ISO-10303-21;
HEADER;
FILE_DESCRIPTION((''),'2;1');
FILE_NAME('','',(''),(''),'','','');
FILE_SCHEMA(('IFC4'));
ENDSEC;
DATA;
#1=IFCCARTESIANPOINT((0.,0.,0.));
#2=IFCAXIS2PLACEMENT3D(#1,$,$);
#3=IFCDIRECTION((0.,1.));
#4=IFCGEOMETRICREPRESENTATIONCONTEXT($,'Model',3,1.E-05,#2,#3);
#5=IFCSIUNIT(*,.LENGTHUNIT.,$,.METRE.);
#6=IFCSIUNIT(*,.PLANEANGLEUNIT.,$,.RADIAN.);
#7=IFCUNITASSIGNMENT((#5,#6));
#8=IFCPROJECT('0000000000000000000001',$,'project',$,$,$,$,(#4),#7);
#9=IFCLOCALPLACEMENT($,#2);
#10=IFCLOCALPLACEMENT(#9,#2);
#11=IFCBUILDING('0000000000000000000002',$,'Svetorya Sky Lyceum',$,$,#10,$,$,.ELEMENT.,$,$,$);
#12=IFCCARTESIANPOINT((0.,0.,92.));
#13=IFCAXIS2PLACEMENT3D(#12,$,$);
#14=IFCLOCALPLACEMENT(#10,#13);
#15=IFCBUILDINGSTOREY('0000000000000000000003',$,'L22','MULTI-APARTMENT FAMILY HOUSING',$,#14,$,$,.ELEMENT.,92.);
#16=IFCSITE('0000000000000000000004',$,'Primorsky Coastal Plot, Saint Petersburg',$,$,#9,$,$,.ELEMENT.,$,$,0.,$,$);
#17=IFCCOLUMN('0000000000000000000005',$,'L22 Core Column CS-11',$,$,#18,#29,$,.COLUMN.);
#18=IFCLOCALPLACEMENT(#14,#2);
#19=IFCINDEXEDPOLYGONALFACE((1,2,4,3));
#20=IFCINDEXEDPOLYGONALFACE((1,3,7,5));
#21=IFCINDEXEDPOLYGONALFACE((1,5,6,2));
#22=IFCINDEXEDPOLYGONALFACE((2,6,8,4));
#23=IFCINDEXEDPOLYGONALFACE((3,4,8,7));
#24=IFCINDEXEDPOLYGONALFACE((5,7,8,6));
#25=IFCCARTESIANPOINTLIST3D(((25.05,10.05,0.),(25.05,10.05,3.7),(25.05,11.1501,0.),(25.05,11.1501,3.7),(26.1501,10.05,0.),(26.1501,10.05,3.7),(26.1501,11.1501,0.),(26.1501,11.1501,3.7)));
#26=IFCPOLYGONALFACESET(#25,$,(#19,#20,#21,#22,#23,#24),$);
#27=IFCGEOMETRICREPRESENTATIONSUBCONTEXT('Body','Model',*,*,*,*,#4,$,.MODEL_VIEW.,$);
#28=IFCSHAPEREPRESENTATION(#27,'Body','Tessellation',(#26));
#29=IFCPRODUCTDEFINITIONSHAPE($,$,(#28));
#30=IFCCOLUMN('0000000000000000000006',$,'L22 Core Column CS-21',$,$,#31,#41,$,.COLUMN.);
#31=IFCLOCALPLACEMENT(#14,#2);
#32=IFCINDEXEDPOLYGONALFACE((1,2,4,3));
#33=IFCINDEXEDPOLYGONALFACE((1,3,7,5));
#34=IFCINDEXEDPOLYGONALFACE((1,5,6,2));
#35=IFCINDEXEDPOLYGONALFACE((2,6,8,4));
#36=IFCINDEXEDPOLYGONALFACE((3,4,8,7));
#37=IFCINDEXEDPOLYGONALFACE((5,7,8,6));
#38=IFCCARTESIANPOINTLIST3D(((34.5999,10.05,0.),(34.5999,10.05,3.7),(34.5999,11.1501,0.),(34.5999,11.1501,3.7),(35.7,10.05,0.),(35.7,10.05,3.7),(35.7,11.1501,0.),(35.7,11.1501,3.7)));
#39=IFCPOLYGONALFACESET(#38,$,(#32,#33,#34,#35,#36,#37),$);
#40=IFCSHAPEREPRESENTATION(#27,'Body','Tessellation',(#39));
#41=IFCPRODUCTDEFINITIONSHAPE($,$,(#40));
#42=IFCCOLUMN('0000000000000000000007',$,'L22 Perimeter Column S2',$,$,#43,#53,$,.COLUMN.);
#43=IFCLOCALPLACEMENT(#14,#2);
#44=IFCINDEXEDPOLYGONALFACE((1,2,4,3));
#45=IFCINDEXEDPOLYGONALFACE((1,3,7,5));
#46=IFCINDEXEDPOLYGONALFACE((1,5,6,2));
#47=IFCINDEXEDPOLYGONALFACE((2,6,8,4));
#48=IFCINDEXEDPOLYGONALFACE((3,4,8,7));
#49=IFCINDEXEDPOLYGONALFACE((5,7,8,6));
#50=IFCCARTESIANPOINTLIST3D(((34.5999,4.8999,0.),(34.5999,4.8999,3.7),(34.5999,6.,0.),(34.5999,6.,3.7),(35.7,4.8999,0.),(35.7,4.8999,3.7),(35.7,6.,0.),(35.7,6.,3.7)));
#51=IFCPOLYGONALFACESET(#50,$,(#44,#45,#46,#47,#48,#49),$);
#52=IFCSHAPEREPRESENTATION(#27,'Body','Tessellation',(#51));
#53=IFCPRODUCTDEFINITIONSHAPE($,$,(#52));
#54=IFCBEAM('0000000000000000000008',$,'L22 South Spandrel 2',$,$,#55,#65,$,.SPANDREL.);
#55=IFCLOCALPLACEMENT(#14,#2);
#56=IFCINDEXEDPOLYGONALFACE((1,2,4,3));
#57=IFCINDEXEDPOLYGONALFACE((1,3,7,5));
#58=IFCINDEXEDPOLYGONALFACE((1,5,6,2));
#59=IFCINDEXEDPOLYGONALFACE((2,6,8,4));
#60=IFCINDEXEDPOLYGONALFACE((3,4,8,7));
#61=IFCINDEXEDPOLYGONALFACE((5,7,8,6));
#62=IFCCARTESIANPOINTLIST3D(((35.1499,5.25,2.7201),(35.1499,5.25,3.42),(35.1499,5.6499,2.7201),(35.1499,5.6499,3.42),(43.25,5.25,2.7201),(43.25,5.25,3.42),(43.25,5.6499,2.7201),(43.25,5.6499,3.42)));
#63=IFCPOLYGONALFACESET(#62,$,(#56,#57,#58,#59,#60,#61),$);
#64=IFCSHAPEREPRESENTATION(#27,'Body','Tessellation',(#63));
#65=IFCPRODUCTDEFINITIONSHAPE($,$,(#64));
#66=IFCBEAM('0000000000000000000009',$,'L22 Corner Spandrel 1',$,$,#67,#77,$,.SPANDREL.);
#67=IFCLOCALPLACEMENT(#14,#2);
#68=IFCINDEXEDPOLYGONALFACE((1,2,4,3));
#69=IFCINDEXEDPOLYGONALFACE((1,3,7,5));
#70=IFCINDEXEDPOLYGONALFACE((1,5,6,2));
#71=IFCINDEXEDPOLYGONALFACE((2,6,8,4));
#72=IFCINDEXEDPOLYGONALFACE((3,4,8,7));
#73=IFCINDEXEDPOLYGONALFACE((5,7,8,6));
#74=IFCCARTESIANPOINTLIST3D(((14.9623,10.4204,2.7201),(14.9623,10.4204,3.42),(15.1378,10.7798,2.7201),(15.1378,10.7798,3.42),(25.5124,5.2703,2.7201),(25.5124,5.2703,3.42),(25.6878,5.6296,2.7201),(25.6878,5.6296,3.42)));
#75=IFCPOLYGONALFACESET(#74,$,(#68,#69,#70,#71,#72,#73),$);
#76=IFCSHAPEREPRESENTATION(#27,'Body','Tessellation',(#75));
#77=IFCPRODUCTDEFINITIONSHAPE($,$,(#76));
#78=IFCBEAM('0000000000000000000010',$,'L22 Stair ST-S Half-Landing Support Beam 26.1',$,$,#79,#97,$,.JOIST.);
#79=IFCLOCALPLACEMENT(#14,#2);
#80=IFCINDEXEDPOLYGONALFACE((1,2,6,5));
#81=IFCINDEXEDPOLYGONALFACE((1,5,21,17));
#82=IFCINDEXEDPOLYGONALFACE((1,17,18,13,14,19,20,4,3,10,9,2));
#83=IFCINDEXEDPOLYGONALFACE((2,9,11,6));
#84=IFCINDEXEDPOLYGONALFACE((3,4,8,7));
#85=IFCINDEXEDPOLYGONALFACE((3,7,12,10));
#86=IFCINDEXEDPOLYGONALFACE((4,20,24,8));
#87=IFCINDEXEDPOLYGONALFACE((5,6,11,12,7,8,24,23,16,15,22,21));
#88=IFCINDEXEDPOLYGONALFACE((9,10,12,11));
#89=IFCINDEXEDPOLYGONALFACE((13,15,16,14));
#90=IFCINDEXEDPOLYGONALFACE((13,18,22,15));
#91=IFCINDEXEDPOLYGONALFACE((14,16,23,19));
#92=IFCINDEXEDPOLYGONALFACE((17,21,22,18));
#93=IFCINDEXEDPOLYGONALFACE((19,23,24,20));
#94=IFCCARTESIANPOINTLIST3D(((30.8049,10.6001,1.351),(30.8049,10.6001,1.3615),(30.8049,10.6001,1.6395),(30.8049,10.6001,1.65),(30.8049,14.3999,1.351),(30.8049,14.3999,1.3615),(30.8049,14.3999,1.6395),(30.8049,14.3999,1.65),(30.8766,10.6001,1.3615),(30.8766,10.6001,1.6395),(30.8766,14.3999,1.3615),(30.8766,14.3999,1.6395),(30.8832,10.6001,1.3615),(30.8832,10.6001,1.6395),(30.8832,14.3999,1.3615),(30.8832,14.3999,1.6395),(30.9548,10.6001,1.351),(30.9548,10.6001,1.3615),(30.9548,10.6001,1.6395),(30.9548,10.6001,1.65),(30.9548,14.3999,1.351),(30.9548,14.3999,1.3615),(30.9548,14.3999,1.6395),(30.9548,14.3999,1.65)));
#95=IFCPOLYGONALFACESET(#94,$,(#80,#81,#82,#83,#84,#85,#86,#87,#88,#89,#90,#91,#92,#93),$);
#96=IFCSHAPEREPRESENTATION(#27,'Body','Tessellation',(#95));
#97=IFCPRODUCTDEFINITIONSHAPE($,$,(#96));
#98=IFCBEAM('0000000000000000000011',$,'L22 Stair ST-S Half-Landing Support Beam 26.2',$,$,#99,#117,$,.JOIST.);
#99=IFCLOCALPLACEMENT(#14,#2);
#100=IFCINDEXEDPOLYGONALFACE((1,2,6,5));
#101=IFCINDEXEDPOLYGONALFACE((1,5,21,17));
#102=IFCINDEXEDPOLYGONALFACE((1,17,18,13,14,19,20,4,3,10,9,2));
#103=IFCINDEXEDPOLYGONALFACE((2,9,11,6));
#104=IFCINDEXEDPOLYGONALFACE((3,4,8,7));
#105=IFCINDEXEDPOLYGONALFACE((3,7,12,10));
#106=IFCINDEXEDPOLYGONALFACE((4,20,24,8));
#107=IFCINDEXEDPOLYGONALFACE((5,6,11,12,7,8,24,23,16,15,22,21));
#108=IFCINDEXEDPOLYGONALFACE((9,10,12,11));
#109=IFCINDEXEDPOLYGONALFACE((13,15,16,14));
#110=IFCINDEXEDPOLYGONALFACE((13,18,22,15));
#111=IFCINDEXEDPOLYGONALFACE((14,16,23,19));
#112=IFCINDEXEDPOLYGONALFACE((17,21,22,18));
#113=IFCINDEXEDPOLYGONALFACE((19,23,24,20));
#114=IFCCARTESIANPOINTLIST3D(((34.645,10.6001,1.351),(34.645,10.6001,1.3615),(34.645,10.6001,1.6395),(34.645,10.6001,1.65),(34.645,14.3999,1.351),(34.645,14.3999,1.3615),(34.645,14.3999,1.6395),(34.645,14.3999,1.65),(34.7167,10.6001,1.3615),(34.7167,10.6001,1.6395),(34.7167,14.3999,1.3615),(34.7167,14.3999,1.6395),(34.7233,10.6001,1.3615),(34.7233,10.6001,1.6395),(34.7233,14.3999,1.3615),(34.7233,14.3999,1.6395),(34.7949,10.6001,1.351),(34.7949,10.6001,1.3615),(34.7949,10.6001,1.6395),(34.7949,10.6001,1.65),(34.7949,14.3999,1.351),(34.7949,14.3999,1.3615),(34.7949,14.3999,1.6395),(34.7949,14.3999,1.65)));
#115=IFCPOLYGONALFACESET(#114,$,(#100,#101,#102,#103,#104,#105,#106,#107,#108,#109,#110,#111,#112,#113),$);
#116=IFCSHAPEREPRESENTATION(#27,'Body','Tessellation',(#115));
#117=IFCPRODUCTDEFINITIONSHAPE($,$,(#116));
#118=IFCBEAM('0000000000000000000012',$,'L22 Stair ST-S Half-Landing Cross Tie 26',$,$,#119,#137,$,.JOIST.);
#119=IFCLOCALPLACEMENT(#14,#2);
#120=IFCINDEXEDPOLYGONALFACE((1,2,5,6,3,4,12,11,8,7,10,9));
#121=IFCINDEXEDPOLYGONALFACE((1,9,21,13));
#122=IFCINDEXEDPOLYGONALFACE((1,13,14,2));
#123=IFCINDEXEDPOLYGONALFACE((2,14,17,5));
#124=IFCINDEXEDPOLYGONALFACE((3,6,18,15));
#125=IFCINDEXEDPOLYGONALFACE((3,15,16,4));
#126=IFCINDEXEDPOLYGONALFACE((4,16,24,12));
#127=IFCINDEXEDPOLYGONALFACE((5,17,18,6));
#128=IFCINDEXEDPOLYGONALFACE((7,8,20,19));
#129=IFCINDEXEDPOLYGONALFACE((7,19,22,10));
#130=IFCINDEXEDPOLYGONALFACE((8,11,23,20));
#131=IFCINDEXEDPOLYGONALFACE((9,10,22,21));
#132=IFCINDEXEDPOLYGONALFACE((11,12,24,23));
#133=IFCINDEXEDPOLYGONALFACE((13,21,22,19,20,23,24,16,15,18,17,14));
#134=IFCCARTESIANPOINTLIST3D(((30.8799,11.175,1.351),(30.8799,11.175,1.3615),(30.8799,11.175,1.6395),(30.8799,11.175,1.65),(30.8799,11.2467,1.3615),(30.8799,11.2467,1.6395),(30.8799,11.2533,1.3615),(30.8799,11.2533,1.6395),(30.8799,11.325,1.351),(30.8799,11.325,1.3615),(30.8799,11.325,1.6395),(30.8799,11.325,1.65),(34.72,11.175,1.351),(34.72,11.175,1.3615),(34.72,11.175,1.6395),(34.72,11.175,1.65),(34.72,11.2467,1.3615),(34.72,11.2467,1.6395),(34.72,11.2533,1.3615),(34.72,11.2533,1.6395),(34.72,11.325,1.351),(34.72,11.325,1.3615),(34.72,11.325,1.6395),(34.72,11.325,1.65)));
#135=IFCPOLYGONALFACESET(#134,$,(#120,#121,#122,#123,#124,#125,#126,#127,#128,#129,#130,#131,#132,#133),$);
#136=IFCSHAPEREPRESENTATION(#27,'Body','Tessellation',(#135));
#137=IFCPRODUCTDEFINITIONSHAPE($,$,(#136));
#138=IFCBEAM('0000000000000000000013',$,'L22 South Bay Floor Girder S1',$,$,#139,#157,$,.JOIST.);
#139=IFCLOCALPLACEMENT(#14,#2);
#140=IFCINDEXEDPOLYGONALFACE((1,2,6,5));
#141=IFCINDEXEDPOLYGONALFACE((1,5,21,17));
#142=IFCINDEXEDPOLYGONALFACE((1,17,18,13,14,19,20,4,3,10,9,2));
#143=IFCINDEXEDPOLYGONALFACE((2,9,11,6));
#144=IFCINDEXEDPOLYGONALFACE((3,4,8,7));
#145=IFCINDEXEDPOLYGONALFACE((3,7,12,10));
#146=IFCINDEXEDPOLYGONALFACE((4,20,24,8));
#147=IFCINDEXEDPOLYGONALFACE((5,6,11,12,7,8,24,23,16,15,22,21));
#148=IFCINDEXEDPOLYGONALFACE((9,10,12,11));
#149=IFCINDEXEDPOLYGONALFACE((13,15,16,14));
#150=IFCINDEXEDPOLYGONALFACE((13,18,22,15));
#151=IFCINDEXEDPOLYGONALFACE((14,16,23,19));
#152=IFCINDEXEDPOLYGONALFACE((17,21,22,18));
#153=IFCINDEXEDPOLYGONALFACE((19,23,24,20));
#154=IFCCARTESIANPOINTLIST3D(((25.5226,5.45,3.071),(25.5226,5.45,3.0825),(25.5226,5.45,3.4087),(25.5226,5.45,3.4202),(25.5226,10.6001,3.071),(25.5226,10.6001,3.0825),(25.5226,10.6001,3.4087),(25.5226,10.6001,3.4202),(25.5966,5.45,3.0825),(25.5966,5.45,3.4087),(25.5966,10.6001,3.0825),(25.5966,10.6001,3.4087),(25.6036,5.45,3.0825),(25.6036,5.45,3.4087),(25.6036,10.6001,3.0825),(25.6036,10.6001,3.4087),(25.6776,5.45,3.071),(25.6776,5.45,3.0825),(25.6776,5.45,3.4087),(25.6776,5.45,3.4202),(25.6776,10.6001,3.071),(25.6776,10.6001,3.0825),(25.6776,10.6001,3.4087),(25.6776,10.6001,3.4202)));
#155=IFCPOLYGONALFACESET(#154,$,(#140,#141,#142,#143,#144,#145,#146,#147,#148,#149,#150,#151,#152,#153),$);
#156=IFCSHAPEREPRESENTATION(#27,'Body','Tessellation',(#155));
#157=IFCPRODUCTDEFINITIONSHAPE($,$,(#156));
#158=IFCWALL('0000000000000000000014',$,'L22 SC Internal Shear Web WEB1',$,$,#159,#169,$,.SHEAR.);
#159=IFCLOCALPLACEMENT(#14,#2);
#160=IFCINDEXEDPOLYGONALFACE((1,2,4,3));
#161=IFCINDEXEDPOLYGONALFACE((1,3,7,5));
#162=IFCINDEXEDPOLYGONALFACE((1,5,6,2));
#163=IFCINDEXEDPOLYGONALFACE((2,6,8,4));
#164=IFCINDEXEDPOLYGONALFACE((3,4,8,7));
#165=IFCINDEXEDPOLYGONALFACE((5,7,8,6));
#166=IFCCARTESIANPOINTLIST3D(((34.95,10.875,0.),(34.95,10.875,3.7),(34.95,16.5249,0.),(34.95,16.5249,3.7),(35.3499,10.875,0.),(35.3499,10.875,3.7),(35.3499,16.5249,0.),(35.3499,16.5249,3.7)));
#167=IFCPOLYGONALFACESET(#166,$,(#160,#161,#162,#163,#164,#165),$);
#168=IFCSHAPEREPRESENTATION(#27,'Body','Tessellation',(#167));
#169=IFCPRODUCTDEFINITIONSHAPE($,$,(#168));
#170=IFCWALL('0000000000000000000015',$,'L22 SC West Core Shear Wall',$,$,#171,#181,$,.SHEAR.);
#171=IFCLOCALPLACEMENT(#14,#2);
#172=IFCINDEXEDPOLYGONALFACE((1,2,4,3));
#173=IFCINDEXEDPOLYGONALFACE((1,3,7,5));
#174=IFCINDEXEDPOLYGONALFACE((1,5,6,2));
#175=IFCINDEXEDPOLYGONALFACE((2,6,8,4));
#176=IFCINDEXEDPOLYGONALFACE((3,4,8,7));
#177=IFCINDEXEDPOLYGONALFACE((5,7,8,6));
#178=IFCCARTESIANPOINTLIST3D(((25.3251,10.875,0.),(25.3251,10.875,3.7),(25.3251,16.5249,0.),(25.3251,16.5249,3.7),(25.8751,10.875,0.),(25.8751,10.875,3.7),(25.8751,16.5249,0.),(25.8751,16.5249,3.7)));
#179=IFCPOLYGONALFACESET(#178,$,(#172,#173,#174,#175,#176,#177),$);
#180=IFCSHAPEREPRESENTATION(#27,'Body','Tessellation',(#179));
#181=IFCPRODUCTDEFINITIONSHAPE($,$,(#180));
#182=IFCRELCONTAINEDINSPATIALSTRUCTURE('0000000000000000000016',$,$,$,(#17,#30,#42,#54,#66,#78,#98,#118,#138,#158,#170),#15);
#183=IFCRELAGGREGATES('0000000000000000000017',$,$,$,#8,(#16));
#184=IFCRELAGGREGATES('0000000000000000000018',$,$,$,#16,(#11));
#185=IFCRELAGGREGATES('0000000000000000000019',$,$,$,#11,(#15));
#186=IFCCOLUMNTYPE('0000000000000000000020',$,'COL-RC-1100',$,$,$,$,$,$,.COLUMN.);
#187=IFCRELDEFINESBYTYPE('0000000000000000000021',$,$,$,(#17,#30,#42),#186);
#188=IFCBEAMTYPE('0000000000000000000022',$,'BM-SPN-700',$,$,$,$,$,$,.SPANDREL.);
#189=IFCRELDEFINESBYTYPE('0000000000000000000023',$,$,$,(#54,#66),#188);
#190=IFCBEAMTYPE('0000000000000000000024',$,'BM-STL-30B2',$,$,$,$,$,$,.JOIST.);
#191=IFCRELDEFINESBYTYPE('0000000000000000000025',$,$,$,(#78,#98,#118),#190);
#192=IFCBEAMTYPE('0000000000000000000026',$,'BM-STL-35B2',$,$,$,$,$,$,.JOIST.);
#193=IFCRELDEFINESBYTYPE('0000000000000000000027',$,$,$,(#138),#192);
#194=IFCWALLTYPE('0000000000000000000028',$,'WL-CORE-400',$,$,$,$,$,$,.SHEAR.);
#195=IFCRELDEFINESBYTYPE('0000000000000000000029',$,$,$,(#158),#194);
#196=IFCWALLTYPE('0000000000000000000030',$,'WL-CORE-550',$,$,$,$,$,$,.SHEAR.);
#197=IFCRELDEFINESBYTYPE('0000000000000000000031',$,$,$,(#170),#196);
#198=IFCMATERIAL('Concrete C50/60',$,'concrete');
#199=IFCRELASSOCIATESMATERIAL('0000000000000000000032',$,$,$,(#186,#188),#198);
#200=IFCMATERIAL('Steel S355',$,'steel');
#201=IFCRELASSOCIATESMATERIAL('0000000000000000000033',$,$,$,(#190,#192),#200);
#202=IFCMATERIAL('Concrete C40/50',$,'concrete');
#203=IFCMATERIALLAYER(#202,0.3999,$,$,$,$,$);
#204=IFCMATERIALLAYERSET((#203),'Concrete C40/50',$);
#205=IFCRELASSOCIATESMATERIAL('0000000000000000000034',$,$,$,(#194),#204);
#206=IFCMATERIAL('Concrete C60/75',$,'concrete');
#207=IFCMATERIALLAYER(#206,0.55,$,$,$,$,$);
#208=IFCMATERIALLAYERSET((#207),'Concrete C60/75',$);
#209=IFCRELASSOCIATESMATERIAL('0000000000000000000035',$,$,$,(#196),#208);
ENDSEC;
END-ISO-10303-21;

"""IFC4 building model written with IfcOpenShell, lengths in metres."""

from ifc_helpers import new_model, si_unit, direction, frame, frame_2d, origin, origin_2d, place, context, subcontext, project, spatial, rectangle, i_section, extrude, material, layer, layer_set, material_profile, profile_set, type_object, element, save


model = new_model("IFC4")

# Units and contexts
model_context = context("Model", 3, precision=1e-05, world=origin(), true_north=direction((0.0, 1.0)))
body_context = subcontext(model_context, "Body", "Model", "MODEL_VIEW")
ifc_project = project(units=[si_unit("LENGTHUNIT", "METRE"), si_unit("PLANEANGLEUNIT", "RADIAN")], contexts=[model_context])

# Site, building, storey
site_placement = place(None, origin())
site = spatial("IfcSite", under=ifc_project, at=site_placement, Name="Primorsky Coastal Plot, Saint Petersburg", CompositionType="ELEMENT", RefElevation=0.0)
building_placement = place(site_placement, origin())
building = spatial("IfcBuilding", under=site, at=building_placement, Name="Svetorya Sky Lyceum", CompositionType="ELEMENT")
storey_placement = place(building_placement, frame((0.0, 0.0, 92.0)))
storey = spatial("IfcBuildingStorey", under=building, at=storey_placement, Name="L22", Description="MULTI-APARTMENT FAMILY HOUSING", CompositionType="ELEMENT", Elevation=92.0)

# Columns
ifc_material_1 = material(Name="Concrete C50/60", Category="concrete")
ifc_material_profile_1 = material_profile(ifc_material_1, rectangle(XDim=1.1001, YDim=1.1001, at=origin_2d()), Name="RC COL 1100x1100")
ifc_profile_set_1 = profile_set([ifc_material_profile_1], Name="Concrete C50/60")
column_type = type_object("IfcColumnType", Name="COL-RC-1100", PredefinedType="COLUMN", material=ifc_profile_set_1)
for number, where, z_axis, x_axis, name in (
    (1, (25.6001, 10.6001, 0.0), (0.0, 0.0, 1.0), (1.0, 0.0, 0.0), "L22 Core Column CS-11"),
    (2, (35.1499, 10.6001, 0.0), (0.0, 0.0, 1.0), (1.0, 0.0, 0.0), "L22 Core Column CS-21"),
    (3, (35.1499, 5.45, 0.0), (0.0, 0.0, 1.0), (1.0, 0.0, 0.0), "L22 Perimeter Column S2"),
):
    element("IfcColumn", number, at=place(storey_placement, frame(where, z_axis=z_axis, x_axis=x_axis)), inside=storey, type_object=column_type, Name=name, PredefinedType="COLUMN", context=body_context, shape_type="SweptSolid", body=[
        extrude(rectangle(XDim=1.1001, YDim=1.1001, at=origin_2d()), origin(), (0.0, 0.0, 1.0), 3.7),
    ])

# Beams
ifc_material_profile_2 = material_profile(ifc_material_1, rectangle(XDim=0.3999, YDim=0.7, at=origin_2d()), Name="RC SPANDREL 400x700")
ifc_profile_set_2 = profile_set([ifc_material_profile_2], Name="Concrete C50/60")
beam_type_1 = type_object("IfcBeamType", Name="BM-SPN-700", PredefinedType="SPANDREL", material=ifc_profile_set_2)
beam_1_placement = place(storey_placement, frame((35.1499, 5.45, 3.0701), z_axis=(1.0, 0.0, 0.0), x_axis=(0.0, 1.0, 0.0)))
element("IfcBeam", 4, at=beam_1_placement, inside=storey, type_object=beam_type_1, Name="L22 South Spandrel 2", PredefinedType="SPANDREL", context=body_context, shape_type="SweptSolid", body=[
    extrude(rectangle(XDim=0.3999, YDim=0.7, at=origin_2d()), origin(), (0.0, 0.0, 1.0), 8.1001),
])
beam_2_placement = place(storey_placement, frame((25.6001, 5.45, 3.0701), z_axis=(-0.898641, 0.438684, 0.0), x_axis=(-0.438684, -0.898641, 0.0)))
element("IfcBeam", 5, at=beam_2_placement, inside=storey, type_object=beam_type_1, Name="L22 Corner Spandrel 1", PredefinedType="SPANDREL", context=body_context, shape_type="SweptSolid", body=[
    extrude(rectangle(XDim=0.3999, YDim=0.7, at=origin_2d()), origin(), (0.0, 0.0, 1.0), 11.74),
])
ifc_material_2 = material(Name="Steel S355", Category="steel")
ifc_material_profile_3 = material_profile(ifc_material_2, i_section(OverallWidth=0.1499, OverallDepth=0.2991, WebThickness=0.0066, FlangeThickness=0.0105, at=origin_2d()), Name="GOST 30B2")
ifc_profile_set_3 = profile_set([ifc_material_profile_3], Name="Steel S355")
beam_type_2 = type_object("IfcBeamType", Name="BM-STL-30B2", PredefinedType="JOIST", material=ifc_profile_set_3)
for number, where, z_axis, x_axis, name in (
    (6, (30.8799, 10.6001, 1.5005), (0.0, 1.0, 0.0), (-1.0, 0.0, 0.0), "L22 Stair ST-S Half-Landing Support Beam 26.1"),
    (7, (34.72, 10.6001, 1.5005), (0.0, 1.0, 0.0), (-1.0, 0.0, 0.0), "L22 Stair ST-S Half-Landing Support Beam 26.2"),
):
    element("IfcBeam", number, at=place(storey_placement, frame(where, z_axis=z_axis, x_axis=x_axis)), inside=storey, type_object=beam_type_2, Name=name, PredefinedType="JOIST", context=body_context, shape_type="SweptSolid", body=[
        extrude(i_section(OverallWidth=0.1499, OverallDepth=0.2991, WebThickness=0.0066, FlangeThickness=0.0105, at=origin_2d()), origin(), (0.0, 0.0, 1.0), 3.7998),
    ])
beam_3_placement = place(storey_placement, frame((30.8799, 11.25, 1.5005), z_axis=(1.0, 0.0, 0.0), x_axis=(0.0, 1.0, 0.0)))
element("IfcBeam", 8, at=beam_3_placement, inside=storey, type_object=beam_type_2, Name="L22 Stair ST-S Half-Landing Cross Tie 26", PredefinedType="JOIST", context=body_context, shape_type="SweptSolid", body=[
    extrude(i_section(OverallWidth=0.1499, OverallDepth=0.2991, WebThickness=0.0066, FlangeThickness=0.0105, at=origin_2d()), origin(), (0.0, 0.0, 1.0), 3.8401),
])
ifc_material_profile_4 = material_profile(ifc_material_2, i_section(OverallWidth=0.155, OverallDepth=0.3491, WebThickness=0.0071, FlangeThickness=0.0115, at=origin_2d()), Name="GOST 35B2")
ifc_profile_set_4 = profile_set([ifc_material_profile_4], Name="Steel S355")
beam_type_3 = type_object("IfcBeamType", Name="BM-STL-35B2", PredefinedType="JOIST", material=ifc_profile_set_4)
beam_4_placement = place(storey_placement, frame((25.6001, 5.45, 3.2456), z_axis=(0.0, 1.0, 0.0), x_axis=(-1.0, 0.0, 0.0)))
element("IfcBeam", 9, at=beam_4_placement, inside=storey, type_object=beam_type_3, Name="L22 South Bay Floor Girder S1", PredefinedType="JOIST", context=body_context, shape_type="SweptSolid", body=[
    extrude(i_section(OverallWidth=0.155, OverallDepth=0.3491, WebThickness=0.0071, FlangeThickness=0.0115, at=origin_2d()), origin(), (0.0, 0.0, 1.0), 5.1501),
])

# Walls
ifc_material_3 = material(Name="Concrete C40/50", Category="concrete")
ifc_layer_1 = layer(ifc_material_3, 0.3999)
ifc_layer_set_1 = layer_set([ifc_layer_1], Name="Concrete C40/50")
wall_type_1 = type_object("IfcWallType", Name="WL-CORE-400", PredefinedType="SHEAR", material=ifc_layer_set_1)
wall_1_placement = place(storey_placement, frame((35.1499, 10.875, 0.0), z_axis=(0.0, 0.0, 1.0), x_axis=(0.0, 1.0, 0.0)))
element("IfcWall", 10, at=wall_1_placement, inside=storey, type_object=wall_type_1, Name="L22 SC Internal Shear Web WEB1", PredefinedType="SHEAR", context=body_context, shape_type="SweptSolid", body=[
    extrude(rectangle(XDim=5.6499, YDim=0.3999, at=frame_2d((2.825, 0.0))), origin(), (0.0, 0.0, 1.0), 3.7),
])
ifc_material_4 = material(Name="Concrete C60/75", Category="concrete")
ifc_layer_2 = layer(ifc_material_4, 0.55)
ifc_layer_set_2 = layer_set([ifc_layer_2], Name="Concrete C60/75")
wall_type_2 = type_object("IfcWallType", Name="WL-CORE-550", PredefinedType="SHEAR", material=ifc_layer_set_2)
wall_2_placement = place(storey_placement, frame((25.6001, 10.875, 0.0), z_axis=(0.0, 0.0, 1.0), x_axis=(0.0, 1.0, 0.0)))
element("IfcWall", 11, at=wall_2_placement, inside=storey, type_object=wall_type_2, Name="L22 SC West Core Shear Wall", PredefinedType="SHEAR", context=body_context, shape_type="SweptSolid", body=[
    extrude(rectangle(XDim=5.6499, YDim=0.55, at=frame_2d((2.825, 0.0))), origin(), (0.0, 0.0, 1.0), 3.7),
])

save(model, "model.ifc")
